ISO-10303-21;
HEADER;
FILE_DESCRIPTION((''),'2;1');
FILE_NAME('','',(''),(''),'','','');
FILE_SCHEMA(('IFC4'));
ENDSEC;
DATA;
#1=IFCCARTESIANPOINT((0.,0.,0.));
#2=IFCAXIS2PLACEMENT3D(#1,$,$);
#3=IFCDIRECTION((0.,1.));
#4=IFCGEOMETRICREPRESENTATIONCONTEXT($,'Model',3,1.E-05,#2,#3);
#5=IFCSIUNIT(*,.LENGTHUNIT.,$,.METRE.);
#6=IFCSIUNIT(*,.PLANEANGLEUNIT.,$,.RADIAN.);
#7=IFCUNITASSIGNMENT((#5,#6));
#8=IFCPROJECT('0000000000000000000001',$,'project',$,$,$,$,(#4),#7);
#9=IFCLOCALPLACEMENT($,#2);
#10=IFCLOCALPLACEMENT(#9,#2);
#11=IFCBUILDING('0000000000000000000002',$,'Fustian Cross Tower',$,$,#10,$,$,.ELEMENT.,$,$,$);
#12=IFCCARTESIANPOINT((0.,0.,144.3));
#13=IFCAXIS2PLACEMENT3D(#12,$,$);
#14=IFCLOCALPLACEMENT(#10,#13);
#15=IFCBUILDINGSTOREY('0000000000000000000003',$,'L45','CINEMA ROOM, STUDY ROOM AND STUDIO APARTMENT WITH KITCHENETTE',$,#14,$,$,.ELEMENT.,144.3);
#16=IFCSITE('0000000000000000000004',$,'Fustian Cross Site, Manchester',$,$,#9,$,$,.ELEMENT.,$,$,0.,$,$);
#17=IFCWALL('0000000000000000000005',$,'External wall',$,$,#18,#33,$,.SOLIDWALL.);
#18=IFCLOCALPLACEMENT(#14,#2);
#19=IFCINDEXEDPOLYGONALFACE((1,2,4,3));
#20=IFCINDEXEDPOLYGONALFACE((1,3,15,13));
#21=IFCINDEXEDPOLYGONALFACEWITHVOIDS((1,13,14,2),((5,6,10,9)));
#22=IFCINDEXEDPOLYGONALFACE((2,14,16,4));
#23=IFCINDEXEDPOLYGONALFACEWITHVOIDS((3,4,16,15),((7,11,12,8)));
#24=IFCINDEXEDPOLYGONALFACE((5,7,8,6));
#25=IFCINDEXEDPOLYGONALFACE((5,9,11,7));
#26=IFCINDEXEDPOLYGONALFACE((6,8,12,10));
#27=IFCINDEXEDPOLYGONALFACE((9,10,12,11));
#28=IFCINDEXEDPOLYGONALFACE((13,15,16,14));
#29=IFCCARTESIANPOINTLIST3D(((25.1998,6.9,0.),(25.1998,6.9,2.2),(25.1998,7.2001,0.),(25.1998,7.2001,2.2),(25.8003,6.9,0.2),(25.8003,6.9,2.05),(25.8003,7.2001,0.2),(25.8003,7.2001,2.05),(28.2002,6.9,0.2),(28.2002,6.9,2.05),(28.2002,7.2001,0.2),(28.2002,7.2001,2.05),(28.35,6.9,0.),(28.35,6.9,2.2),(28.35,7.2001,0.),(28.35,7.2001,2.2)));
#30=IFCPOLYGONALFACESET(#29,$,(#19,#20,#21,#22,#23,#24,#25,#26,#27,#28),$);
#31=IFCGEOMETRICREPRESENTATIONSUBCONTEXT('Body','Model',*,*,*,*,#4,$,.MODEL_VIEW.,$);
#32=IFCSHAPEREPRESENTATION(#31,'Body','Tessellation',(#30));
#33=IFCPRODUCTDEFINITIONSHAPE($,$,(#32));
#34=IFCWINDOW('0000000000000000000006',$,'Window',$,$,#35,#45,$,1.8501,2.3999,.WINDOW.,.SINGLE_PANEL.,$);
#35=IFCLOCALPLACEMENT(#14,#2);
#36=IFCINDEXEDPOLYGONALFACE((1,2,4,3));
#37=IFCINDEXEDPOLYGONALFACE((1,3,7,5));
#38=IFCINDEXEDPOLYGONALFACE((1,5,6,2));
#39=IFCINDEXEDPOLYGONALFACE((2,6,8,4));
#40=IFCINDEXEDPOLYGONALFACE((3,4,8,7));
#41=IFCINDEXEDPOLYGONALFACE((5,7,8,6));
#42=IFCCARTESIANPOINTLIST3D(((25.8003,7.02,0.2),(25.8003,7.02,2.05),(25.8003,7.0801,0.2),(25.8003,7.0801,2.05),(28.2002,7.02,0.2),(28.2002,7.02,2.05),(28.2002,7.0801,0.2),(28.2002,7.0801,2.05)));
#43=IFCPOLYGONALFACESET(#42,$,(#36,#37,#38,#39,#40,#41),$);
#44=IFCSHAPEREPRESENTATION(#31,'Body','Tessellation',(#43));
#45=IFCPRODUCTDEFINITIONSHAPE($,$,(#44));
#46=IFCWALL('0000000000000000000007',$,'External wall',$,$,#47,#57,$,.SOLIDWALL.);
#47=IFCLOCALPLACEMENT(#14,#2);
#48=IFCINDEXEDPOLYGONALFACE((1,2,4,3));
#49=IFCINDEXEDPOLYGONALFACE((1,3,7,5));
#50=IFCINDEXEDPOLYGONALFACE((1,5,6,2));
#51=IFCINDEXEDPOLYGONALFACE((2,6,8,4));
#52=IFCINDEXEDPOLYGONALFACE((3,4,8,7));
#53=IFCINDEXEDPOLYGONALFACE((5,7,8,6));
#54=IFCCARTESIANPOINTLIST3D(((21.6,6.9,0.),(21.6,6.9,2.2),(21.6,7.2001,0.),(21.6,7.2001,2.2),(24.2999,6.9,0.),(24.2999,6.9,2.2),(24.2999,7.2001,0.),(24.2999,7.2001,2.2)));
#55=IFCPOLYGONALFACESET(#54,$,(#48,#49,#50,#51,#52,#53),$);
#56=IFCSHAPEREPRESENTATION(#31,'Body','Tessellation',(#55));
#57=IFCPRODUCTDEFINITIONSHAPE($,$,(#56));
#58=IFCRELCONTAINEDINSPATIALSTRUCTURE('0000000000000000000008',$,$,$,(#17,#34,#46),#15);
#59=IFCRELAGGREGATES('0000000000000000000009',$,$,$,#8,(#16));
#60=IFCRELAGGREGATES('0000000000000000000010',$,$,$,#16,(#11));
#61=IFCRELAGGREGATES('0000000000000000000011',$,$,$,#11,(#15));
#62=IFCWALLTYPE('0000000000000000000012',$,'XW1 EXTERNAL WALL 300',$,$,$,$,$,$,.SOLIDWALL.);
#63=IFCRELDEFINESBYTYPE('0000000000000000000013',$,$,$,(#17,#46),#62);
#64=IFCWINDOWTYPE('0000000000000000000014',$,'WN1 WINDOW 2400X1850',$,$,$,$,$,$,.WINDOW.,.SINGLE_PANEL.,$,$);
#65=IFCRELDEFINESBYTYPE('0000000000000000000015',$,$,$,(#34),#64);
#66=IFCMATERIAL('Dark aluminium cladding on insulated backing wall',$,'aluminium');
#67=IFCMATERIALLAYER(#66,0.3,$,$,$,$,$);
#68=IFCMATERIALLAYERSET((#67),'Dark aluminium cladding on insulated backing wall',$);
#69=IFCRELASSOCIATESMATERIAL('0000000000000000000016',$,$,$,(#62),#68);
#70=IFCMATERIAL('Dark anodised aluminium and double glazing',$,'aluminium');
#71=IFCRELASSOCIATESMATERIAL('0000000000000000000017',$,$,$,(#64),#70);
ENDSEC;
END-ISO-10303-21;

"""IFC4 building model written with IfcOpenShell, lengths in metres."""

from ifc_helpers import new_model, si_unit, direction, frame, frame_2d, origin, place, context, subcontext, project, spatial, rectangle, extrude, material, layer, layer_set, type_object, element, fill, save


model = new_model("IFC4")

# Units and contexts
model_context = context("Model", 3, precision=1e-05, world=origin(), true_north=direction((0.0, 1.0)))
body_context = subcontext(model_context, "Body", "Model", "MODEL_VIEW")
ifc_project = project(units=[si_unit("LENGTHUNIT", "METRE"), si_unit("PLANEANGLEUNIT", "RADIAN")], contexts=[model_context])

# Site, building, storey
site_placement = place(None, origin())
site = spatial("IfcSite", under=ifc_project, at=site_placement, Name="Fustian Cross Site, Manchester", CompositionType="ELEMENT", RefElevation=0.0)
building_placement = place(site_placement, origin())
building = spatial("IfcBuilding", under=site, at=building_placement, Name="Fustian Cross Tower", CompositionType="ELEMENT")
storey_placement = place(building_placement, frame((0.0, 0.0, 144.3)))
storey = spatial("IfcBuildingStorey", under=building, at=storey_placement, Name="L45", Description="CINEMA ROOM, STUDY ROOM AND STUDIO APARTMENT WITH KITCHENETTE", CompositionType="ELEMENT", Elevation=144.3)

# Shared definitions
ifc_material_1 = material(Name="Dark aluminium cladding on insulated backing wall", Category="aluminium")
ifc_layer_1 = layer(ifc_material_1, 0.3)
ifc_layer_set_1 = layer_set([ifc_layer_1], Name="Dark aluminium cladding on insulated backing wall")
wall_type_1 = type_object("IfcWallType", Name="XW1 EXTERNAL WALL 300", PredefinedType="SOLIDWALL", material=ifc_layer_set_1)

# Wall, opening, window
wall_1_placement = place(storey_placement, frame((28.3501, 7.05, 0.0), z_axis=(0.0, 0.0, 1.0), x_axis=(-1.0, 0.0, 0.0)))
wall_1 = element("IfcWall", 1, at=wall_1_placement, inside=storey, type_object=wall_type_1, Name="External wall", PredefinedType="SOLIDWALL", context=body_context, shape_type="SweptSolid", body=[
    extrude(rectangle(XDim=3.1501, YDim=0.3, at=frame_2d((1.5752, 0.0))), origin(), (0.0, 0.0, 1.0), 2.2),
])
opening_1_placement = place(wall_1_placement, frame((0.1499, 0.0, 0.2)))
opening_1 = element("IfcOpeningElement", 2, at=opening_1_placement, cuts=wall_1, PredefinedType="OPENING", context=body_context, shape_type="SweptSolid", body=[
    extrude(rectangle(XDim=2.3999, YDim=1.8501, at=frame_2d((1.2, 0.925))), frame((0.0, 0.1599, 0.0), z_axis=(0.0, -1.0, 0.0), x_axis=(1.0, 0.0, 0.0)), (0.0, 0.0, 1.0), 0.3201),
])
ifc_material_2 = material(Name="Dark anodised aluminium and double glazing", Category="aluminium")
window_type = type_object("IfcWindowType", Name="WN1 WINDOW 2400X1850", PartitioningType="SINGLE_PANEL", PredefinedType="WINDOW", material=ifc_material_2)
window_placement = place(opening_1_placement, origin())
window = element("IfcWindow", 3, at=window_placement, inside=storey, type_object=window_type, Name="Window", OverallHeight=1.8501, OverallWidth=2.3999, PartitioningType="SINGLE_PANEL", PredefinedType="WINDOW", context=body_context, shape_type="SweptSolid", body=[
    extrude(rectangle(XDim=2.3999, YDim=1.8501, at=frame_2d((1.2, 0.925))), frame((0.0, 0.03, 0.0), z_axis=(0.0, -1.0, 0.0), x_axis=(1.0, 0.0, 0.0)), (0.0, 0.0, 1.0), 0.0601),
])
fill(opening_1, window)

# Wall
wall_2_placement = place(storey_placement, frame((24.3, 7.05, 0.0), z_axis=(0.0, 0.0, 1.0), x_axis=(-1.0, 0.0, 0.0)))
element("IfcWall", 4, at=wall_2_placement, inside=storey, type_object=wall_type_1, Name="External wall", PredefinedType="SOLIDWALL", context=body_context, shape_type="SweptSolid", body=[
    extrude(rectangle(XDim=2.7, YDim=0.3, at=frame_2d((1.3501, 0.0))), origin(), (0.0, 0.0, 1.0), 2.2),
])

save(model, "model.ifc")
